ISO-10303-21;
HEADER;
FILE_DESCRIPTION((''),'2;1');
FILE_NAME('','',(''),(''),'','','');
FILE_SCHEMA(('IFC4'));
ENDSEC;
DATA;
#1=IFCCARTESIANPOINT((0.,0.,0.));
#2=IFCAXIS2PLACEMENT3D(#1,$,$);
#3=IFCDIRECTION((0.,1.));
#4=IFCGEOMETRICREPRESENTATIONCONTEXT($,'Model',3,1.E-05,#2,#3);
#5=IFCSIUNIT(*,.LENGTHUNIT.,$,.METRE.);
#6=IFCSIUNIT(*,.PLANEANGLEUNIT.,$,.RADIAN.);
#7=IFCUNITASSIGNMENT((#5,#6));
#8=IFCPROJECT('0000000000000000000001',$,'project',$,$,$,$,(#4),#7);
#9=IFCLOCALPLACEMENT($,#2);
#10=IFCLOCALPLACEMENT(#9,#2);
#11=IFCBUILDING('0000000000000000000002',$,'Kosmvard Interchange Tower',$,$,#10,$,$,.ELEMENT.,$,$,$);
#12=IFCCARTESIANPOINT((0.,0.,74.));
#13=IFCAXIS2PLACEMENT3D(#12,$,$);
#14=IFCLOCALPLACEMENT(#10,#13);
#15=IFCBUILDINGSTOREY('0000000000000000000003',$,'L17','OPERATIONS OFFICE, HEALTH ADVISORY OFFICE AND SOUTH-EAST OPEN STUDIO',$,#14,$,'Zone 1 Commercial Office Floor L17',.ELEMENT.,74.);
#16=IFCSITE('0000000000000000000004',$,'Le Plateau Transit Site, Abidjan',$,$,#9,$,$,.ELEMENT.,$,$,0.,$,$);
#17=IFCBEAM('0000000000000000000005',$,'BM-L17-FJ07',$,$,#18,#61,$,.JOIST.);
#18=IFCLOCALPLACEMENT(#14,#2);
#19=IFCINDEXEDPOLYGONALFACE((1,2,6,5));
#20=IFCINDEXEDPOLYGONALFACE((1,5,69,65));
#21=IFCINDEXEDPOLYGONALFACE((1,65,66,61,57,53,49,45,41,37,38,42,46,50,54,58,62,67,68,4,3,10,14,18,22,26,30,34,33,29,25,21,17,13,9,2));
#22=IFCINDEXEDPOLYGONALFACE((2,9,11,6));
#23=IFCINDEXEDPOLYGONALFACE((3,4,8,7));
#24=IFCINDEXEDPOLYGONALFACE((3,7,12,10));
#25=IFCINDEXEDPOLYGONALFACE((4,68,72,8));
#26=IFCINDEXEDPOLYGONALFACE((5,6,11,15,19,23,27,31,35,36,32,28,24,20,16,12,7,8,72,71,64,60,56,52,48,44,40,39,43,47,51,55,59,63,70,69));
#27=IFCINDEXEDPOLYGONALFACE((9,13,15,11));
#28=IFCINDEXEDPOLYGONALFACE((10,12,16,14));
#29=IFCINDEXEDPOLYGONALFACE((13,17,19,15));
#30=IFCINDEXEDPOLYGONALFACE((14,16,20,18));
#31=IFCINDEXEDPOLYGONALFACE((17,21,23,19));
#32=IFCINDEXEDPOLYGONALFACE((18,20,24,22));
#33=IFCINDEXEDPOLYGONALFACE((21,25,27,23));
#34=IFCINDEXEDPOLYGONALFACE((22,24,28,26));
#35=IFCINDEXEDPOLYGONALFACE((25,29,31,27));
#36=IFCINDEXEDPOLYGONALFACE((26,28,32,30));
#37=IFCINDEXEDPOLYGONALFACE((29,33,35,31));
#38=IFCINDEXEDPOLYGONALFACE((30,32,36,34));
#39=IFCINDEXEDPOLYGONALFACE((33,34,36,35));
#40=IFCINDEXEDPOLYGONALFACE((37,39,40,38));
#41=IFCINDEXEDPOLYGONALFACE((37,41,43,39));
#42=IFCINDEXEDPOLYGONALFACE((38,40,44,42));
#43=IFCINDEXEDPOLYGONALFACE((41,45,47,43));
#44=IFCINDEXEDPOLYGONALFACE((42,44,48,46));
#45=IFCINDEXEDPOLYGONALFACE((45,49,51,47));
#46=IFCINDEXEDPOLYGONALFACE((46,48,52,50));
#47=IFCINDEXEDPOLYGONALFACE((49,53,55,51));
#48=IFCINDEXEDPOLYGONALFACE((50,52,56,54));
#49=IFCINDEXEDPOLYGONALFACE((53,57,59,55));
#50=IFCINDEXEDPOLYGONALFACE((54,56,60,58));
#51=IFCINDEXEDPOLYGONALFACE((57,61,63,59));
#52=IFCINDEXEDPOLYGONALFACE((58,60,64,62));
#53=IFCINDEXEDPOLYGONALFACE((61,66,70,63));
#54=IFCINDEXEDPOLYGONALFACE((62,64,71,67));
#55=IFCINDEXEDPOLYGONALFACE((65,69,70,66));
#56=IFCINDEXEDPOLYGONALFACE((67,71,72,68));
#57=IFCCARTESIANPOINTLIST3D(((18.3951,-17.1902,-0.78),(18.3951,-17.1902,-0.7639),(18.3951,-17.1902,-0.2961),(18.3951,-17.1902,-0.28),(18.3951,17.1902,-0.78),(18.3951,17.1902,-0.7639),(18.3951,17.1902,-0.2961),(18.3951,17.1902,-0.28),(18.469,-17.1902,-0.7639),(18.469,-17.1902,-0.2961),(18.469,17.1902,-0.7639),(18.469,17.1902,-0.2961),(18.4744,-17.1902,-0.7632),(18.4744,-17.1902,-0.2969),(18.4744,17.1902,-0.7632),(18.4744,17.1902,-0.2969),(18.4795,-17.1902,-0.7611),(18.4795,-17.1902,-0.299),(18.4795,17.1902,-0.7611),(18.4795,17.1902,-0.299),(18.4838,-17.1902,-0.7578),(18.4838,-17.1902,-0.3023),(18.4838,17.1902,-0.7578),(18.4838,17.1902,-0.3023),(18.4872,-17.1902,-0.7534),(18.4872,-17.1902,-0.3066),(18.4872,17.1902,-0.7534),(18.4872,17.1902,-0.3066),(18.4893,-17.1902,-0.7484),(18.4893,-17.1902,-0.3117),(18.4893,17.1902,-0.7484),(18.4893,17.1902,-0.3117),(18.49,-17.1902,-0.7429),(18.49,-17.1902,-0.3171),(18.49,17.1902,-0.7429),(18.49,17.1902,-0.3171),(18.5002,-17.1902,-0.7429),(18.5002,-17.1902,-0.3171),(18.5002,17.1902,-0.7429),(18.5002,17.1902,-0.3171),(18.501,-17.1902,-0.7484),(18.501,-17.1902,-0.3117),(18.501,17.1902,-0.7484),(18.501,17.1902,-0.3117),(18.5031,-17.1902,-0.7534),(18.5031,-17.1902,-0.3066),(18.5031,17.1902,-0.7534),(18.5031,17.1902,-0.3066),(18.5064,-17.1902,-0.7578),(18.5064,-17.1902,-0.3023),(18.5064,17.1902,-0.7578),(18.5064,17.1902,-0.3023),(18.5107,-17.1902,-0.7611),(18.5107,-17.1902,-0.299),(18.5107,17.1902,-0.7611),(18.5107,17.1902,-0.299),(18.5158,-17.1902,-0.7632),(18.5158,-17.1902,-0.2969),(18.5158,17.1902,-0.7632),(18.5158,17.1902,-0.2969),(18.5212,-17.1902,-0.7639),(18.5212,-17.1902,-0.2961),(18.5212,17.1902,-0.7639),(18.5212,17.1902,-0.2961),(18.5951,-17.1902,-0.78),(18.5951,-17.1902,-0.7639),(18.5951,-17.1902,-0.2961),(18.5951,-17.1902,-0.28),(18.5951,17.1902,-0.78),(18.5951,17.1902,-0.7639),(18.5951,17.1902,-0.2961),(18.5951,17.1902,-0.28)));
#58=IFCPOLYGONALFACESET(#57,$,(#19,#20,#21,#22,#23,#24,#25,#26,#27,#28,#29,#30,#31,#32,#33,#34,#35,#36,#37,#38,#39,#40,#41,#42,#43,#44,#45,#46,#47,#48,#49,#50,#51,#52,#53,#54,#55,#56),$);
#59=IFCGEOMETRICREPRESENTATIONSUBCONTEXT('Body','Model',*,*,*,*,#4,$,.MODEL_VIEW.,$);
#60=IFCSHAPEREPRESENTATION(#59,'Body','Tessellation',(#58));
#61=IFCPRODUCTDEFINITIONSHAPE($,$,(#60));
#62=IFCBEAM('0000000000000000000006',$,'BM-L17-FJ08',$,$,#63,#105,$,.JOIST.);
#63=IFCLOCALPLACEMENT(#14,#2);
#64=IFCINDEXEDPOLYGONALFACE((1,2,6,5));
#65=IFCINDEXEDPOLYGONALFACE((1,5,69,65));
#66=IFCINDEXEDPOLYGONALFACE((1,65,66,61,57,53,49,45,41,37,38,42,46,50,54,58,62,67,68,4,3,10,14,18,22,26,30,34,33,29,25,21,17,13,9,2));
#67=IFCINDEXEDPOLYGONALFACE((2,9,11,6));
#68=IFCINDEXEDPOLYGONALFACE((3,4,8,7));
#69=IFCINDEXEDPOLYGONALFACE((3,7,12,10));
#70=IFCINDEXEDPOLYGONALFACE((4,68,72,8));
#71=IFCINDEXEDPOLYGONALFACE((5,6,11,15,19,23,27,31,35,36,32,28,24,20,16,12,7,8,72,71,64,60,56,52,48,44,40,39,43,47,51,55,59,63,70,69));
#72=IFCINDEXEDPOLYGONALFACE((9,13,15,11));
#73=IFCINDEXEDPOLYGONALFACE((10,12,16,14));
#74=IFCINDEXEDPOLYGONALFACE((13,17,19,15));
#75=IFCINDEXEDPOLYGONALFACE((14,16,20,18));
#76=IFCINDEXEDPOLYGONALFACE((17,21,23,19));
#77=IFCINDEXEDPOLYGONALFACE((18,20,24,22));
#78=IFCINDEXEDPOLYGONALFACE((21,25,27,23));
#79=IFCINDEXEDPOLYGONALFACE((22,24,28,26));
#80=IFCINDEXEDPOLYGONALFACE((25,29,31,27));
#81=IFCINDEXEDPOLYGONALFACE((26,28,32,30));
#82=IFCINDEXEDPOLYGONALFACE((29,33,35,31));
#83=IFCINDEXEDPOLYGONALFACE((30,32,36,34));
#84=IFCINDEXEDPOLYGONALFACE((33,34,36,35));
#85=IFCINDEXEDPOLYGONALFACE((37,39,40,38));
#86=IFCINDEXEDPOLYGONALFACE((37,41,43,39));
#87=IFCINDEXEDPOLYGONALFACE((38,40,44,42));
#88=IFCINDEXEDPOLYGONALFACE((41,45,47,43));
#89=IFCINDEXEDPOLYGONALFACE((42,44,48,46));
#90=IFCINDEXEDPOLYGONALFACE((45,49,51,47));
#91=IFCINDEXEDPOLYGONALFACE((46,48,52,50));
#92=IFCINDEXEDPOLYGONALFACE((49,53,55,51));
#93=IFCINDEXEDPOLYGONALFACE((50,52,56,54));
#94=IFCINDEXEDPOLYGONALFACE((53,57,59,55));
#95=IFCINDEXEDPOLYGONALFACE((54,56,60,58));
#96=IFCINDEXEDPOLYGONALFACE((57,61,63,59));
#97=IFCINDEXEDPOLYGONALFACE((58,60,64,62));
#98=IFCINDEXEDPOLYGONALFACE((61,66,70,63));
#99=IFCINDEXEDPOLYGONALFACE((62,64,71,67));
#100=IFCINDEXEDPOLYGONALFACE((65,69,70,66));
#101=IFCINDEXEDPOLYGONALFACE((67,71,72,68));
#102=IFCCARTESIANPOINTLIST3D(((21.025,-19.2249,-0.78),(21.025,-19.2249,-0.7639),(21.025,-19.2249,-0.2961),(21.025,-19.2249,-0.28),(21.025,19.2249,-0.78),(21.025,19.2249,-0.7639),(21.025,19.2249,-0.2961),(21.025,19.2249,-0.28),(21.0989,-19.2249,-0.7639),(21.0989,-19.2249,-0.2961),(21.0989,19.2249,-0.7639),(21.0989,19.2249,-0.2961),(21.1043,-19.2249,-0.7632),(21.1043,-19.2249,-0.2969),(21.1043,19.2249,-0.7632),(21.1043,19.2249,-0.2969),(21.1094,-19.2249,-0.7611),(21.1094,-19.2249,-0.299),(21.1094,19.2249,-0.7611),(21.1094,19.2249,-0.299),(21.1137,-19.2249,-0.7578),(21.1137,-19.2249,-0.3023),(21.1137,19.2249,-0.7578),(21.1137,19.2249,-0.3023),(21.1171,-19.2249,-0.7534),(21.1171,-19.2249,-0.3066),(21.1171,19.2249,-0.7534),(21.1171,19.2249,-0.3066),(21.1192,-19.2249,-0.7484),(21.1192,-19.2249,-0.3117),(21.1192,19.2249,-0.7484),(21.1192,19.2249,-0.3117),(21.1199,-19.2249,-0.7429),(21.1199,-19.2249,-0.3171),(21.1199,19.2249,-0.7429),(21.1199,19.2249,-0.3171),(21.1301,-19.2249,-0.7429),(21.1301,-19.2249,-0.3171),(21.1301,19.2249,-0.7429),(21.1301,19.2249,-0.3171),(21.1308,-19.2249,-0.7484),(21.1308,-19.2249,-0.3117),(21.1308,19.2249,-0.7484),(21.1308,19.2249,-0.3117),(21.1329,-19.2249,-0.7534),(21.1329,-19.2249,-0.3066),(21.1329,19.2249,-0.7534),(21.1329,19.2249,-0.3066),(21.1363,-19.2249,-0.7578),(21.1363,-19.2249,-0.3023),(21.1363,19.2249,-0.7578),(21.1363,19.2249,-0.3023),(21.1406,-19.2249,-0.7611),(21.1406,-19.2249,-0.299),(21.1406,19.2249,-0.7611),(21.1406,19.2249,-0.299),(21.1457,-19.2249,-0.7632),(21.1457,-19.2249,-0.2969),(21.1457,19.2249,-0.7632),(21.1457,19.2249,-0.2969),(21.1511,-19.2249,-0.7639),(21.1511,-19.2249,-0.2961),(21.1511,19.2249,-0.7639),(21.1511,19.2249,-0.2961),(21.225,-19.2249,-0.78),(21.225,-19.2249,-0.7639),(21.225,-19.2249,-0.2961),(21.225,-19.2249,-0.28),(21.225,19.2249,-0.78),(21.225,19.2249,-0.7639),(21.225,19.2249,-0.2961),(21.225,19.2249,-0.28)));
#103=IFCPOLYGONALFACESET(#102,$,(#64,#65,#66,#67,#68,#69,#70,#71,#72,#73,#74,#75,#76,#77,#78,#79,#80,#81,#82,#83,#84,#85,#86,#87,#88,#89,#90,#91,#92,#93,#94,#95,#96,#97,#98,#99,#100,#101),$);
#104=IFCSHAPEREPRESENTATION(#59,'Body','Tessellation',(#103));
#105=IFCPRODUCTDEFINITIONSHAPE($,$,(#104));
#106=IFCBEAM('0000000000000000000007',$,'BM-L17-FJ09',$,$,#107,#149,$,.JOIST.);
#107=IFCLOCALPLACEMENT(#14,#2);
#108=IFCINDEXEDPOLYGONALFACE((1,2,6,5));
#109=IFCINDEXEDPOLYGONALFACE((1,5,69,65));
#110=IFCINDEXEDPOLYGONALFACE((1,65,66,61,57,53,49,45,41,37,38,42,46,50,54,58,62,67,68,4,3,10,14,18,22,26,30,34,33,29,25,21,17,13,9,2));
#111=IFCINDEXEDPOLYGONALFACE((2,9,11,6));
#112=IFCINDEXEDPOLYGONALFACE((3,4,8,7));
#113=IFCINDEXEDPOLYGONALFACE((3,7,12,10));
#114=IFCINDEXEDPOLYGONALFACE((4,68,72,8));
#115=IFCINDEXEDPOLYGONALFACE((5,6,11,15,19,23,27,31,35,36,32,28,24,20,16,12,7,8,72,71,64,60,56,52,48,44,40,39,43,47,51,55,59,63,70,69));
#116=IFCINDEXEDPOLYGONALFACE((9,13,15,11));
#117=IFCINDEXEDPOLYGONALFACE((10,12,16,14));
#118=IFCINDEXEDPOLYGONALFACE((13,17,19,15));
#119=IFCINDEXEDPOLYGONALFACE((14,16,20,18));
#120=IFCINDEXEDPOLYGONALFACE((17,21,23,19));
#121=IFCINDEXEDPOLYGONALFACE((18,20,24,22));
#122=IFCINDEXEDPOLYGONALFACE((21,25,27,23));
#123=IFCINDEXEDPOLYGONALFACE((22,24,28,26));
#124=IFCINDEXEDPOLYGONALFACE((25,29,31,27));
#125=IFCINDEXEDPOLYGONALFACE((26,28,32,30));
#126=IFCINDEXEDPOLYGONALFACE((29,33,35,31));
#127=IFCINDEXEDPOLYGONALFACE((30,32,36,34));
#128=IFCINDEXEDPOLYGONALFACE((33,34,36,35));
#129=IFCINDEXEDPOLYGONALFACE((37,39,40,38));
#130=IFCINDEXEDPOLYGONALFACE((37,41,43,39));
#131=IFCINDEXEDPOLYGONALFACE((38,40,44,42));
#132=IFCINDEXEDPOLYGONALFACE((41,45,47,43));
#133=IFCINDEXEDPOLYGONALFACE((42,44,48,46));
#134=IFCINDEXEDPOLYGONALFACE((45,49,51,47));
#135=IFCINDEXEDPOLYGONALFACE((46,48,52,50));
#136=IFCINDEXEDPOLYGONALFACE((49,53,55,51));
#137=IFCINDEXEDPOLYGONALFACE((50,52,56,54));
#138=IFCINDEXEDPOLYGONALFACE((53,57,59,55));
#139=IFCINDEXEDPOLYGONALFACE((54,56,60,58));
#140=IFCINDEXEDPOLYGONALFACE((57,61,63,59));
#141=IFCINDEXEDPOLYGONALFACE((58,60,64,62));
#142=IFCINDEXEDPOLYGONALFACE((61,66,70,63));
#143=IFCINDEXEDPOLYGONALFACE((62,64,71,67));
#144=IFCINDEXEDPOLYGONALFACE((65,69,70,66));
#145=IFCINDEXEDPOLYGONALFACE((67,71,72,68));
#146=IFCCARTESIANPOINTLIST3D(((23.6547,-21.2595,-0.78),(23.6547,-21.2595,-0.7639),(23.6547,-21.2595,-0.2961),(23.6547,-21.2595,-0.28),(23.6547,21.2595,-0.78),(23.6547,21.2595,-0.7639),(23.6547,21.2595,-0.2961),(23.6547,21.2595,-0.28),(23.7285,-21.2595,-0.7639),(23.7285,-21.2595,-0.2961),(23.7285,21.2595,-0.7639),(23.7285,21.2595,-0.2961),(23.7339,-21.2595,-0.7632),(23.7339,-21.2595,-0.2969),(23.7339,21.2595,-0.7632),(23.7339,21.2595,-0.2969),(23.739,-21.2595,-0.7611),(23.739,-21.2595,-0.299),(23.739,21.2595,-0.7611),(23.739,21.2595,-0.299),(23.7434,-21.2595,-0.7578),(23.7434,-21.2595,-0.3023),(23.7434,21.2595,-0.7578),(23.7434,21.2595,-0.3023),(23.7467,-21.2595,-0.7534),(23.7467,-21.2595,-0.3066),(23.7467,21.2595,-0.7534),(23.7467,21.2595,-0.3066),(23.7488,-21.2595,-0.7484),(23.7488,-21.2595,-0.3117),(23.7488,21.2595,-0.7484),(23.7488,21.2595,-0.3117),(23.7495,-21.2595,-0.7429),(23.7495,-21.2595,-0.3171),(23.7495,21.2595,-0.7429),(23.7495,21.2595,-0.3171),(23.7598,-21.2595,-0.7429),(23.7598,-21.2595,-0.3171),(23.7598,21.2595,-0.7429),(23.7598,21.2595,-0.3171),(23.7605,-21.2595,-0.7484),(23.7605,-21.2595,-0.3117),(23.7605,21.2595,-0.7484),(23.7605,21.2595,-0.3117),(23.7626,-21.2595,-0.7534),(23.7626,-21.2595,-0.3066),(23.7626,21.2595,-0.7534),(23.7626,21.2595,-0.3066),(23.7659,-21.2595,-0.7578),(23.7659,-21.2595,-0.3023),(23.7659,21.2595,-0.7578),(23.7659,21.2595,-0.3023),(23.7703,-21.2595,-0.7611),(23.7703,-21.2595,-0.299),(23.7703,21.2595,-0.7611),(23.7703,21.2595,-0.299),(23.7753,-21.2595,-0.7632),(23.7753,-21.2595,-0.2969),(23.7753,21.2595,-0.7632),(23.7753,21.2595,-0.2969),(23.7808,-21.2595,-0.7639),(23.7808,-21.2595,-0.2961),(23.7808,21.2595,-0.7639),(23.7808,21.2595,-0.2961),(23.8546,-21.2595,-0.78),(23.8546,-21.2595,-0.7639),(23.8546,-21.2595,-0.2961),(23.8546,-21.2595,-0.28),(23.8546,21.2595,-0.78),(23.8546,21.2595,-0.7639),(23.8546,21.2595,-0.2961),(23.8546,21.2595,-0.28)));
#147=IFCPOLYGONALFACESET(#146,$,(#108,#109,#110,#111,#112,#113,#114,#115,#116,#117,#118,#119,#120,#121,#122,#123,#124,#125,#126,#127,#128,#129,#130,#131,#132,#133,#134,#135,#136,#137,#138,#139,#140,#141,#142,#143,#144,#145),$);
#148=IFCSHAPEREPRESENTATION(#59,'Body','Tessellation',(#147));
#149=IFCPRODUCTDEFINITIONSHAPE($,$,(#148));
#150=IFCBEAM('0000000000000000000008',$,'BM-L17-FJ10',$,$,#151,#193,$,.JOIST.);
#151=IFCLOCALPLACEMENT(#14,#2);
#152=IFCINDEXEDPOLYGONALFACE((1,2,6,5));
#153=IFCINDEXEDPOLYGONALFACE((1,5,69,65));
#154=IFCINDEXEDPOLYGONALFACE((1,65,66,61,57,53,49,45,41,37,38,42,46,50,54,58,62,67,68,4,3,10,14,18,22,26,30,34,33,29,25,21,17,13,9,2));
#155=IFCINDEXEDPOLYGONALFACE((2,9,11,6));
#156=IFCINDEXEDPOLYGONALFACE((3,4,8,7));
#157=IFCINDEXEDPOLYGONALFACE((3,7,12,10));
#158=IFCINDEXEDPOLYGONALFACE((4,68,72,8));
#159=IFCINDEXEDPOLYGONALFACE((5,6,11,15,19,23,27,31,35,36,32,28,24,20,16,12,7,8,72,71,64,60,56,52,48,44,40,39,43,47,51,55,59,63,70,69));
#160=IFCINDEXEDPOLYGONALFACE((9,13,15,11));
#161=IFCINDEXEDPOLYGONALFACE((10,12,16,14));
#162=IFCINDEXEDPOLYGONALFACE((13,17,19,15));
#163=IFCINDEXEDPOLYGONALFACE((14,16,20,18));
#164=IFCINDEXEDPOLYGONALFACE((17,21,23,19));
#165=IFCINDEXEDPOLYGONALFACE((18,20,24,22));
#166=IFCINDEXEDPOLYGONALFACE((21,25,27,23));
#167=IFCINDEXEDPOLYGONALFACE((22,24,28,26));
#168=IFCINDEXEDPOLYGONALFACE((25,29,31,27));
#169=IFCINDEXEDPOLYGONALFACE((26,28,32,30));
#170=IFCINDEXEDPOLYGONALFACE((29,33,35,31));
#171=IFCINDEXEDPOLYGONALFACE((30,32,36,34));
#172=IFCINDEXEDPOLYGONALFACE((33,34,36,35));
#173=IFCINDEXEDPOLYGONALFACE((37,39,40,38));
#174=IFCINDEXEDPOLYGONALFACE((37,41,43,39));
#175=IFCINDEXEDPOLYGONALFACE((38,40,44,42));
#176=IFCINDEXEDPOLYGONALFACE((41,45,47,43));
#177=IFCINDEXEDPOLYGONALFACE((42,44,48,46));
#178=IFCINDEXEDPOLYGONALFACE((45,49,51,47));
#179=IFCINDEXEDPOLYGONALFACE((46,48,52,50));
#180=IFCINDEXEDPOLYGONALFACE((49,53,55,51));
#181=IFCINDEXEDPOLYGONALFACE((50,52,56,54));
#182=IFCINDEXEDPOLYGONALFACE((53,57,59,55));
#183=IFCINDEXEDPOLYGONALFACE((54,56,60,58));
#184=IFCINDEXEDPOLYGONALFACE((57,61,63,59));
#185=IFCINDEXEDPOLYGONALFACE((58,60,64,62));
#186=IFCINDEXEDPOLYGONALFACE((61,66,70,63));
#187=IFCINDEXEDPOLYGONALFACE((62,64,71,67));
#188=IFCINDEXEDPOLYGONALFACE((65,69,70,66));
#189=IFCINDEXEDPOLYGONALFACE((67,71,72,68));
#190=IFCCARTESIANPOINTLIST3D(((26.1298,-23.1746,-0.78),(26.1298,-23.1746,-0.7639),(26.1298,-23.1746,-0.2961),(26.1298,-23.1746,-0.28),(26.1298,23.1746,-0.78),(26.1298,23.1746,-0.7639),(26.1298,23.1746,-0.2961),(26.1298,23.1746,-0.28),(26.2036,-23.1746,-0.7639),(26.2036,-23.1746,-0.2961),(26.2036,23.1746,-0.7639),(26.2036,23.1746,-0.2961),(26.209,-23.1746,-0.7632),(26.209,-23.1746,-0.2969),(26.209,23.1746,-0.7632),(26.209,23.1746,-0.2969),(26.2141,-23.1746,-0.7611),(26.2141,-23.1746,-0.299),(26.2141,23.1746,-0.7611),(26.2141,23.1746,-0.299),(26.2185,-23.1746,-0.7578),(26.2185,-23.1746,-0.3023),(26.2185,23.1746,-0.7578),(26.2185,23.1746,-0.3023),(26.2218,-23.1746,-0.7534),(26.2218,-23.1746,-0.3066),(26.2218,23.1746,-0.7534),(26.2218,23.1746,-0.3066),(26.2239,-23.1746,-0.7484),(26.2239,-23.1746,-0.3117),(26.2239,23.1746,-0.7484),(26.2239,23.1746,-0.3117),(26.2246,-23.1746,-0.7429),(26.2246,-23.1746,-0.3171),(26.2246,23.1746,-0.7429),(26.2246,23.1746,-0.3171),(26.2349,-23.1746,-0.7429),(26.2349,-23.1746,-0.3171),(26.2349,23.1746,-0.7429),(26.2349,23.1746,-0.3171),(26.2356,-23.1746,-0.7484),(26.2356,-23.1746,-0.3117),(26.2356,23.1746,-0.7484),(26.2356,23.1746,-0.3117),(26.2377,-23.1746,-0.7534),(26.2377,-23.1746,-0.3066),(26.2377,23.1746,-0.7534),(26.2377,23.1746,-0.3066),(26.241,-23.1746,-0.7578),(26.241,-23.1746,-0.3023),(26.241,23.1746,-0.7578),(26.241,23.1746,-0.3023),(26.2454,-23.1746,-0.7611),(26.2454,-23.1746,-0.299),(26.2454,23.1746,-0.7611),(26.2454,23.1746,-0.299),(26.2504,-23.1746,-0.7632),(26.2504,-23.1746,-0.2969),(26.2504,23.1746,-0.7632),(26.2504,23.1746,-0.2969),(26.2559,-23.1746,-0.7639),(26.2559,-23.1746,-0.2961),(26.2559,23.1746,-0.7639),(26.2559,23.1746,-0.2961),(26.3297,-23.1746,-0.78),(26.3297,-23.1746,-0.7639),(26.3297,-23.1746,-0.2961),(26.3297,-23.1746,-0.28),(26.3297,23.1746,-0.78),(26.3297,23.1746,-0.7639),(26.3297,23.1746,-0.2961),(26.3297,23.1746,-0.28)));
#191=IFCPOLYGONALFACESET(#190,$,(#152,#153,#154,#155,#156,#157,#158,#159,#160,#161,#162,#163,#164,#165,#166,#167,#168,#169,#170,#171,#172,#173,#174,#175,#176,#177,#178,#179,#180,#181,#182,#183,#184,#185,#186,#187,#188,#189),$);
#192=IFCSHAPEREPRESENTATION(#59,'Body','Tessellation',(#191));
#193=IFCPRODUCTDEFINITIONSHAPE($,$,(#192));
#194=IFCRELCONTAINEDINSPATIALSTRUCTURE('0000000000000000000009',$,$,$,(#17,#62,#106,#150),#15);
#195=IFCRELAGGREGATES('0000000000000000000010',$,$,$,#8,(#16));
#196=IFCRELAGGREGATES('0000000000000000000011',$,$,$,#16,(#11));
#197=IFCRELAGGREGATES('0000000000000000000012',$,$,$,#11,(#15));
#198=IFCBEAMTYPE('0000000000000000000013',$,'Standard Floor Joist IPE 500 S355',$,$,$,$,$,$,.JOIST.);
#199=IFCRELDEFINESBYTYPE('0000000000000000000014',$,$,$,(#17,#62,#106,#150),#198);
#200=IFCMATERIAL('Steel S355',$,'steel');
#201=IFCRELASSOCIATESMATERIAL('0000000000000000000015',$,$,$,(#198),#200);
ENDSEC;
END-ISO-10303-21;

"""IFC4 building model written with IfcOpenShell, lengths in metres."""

from ifc_helpers import new_model, si_unit, direction, frame, origin, origin_2d, place, context, subcontext, project, spatial, i_section, extrude, source, transform, mapped, material, material_profile, profile_set, type_object, element, save


model = new_model("IFC4")

# Units and contexts
model_context = context("Model", 3, precision=1e-05, world=origin(), true_north=direction((0.0, 1.0)))
body_context = subcontext(model_context, "Body", "Model", "MODEL_VIEW")
ifc_project = project(units=[si_unit("LENGTHUNIT", "METRE"), si_unit("PLANEANGLEUNIT", "RADIAN")], contexts=[model_context])

# Site, building, storey
site_placement = place(None, origin())
site = spatial("IfcSite", under=ifc_project, at=site_placement, Name="Le Plateau Transit Site, Abidjan", CompositionType="ELEMENT", RefElevation=0.0)
building_placement = place(site_placement, origin())
building = spatial("IfcBuilding", under=site, at=building_placement, Name="Kosmvard Interchange Tower", CompositionType="ELEMENT")
storey_placement = place(building_placement, frame((0.0, 0.0, 74.0)))
storey = spatial("IfcBuildingStorey", under=building, at=storey_placement, Name="L17", Description="OPERATIONS OFFICE, HEALTH ADVISORY OFFICE AND SOUTH-EAST OPEN STUDIO", LongName="Zone 1 Commercial Office Floor L17", CompositionType="ELEMENT", Elevation=74.0)

# Beams
ifc_material_1 = material(Name="Steel S355", Category="steel")
ifc_material_profile_1 = material_profile(ifc_material_1, i_section(OverallWidth=0.2, OverallDepth=0.5, WebThickness=0.0103, FlangeThickness=0.0161, FilletRadius=0.021, at=origin_2d()), Name="IPE 500")
ifc_profile_set_1 = profile_set([ifc_material_profile_1], Name="Steel S355")
beam_type_1 = type_object("IfcBeamType", Name="Standard Floor Joist IPE 500 S355", PredefinedType="JOIST", material=ifc_profile_set_1)
shared_shape_1 = source(origin(), body_context, "Body", "SweptSolid", [
    extrude(i_section(OverallWidth=0.2, OverallDepth=0.5, WebThickness=0.0103, FlangeThickness=0.0161, FilletRadius=0.021, at=origin_2d()), origin(), (0.0, 0.0, 1.0), 34.3804),
])
beam_1_placement = place(storey_placement, frame((18.4951, -17.1902, -0.53), z_axis=(0.0, 1.0, 0.0), x_axis=(-1.0, 0.0, 0.0)))
element("IfcBeam", 1, at=beam_1_placement, inside=storey, type_object=beam_type_1, Name="BM-L17-FJ07", PredefinedType="JOIST", context=body_context, shape_type="MappedRepresentation", body=[
    mapped(shared_shape_1, transform((0.0, 0.0, 0.0), scale=1.0)),
])
shared_shape_2 = source(origin(), body_context, "Body", "SweptSolid", [
    extrude(i_section(OverallWidth=0.2, OverallDepth=0.5, WebThickness=0.0103, FlangeThickness=0.0161, FilletRadius=0.021, at=origin_2d()), origin(), (0.0, 0.0, 1.0), 38.4497),
])
beam_2_placement = place(storey_placement, frame((21.125, -19.2249, -0.53), z_axis=(0.0, 1.0, 0.0), x_axis=(-1.0, 0.0, 0.0)))
element("IfcBeam", 2, at=beam_2_placement, inside=storey, type_object=beam_type_1, Name="BM-L17-FJ08", PredefinedType="JOIST", context=body_context, shape_type="MappedRepresentation", body=[
    mapped(shared_shape_2, transform((0.0, 0.0, 0.0), scale=1.0)),
])
shared_shape_3 = source(origin(), body_context, "Body", "SweptSolid", [
    extrude(i_section(OverallWidth=0.2, OverallDepth=0.5, WebThickness=0.0103, FlangeThickness=0.0161, FilletRadius=0.021, at=origin_2d()), origin(), (0.0, 0.0, 1.0), 42.519),
])
beam_3_placement = place(storey_placement, frame((23.7546, -21.2595, -0.53), z_axis=(0.0, 1.0, 0.0), x_axis=(-1.0, 0.0, 0.0)))
element("IfcBeam", 3, at=beam_3_placement, inside=storey, type_object=beam_type_1, Name="BM-L17-FJ09", PredefinedType="JOIST", context=body_context, shape_type="MappedRepresentation", body=[
    mapped(shared_shape_3, transform((0.0, 0.0, 0.0), scale=1.0)),
])
shared_shape_4 = source(origin(), body_context, "Body", "SweptSolid", [
    extrude(i_section(OverallWidth=0.2, OverallDepth=0.5, WebThickness=0.0103, FlangeThickness=0.0161, FilletRadius=0.021, at=origin_2d()), origin(), (0.0, 0.0, 1.0), 46.3491),
])
beam_4_placement = place(storey_placement, frame((26.2297, -23.1746, -0.53), z_axis=(0.0, 1.0, 0.0), x_axis=(-1.0, 0.0, 0.0)))
element("IfcBeam", 4, at=beam_4_placement, inside=storey, type_object=beam_type_1, Name="BM-L17-FJ10", PredefinedType="JOIST", context=body_context, shape_type="MappedRepresentation", body=[
    mapped(shared_shape_4, transform((0.0, 0.0, 0.0), scale=1.0)),
])

save(model, "model.ifc")
